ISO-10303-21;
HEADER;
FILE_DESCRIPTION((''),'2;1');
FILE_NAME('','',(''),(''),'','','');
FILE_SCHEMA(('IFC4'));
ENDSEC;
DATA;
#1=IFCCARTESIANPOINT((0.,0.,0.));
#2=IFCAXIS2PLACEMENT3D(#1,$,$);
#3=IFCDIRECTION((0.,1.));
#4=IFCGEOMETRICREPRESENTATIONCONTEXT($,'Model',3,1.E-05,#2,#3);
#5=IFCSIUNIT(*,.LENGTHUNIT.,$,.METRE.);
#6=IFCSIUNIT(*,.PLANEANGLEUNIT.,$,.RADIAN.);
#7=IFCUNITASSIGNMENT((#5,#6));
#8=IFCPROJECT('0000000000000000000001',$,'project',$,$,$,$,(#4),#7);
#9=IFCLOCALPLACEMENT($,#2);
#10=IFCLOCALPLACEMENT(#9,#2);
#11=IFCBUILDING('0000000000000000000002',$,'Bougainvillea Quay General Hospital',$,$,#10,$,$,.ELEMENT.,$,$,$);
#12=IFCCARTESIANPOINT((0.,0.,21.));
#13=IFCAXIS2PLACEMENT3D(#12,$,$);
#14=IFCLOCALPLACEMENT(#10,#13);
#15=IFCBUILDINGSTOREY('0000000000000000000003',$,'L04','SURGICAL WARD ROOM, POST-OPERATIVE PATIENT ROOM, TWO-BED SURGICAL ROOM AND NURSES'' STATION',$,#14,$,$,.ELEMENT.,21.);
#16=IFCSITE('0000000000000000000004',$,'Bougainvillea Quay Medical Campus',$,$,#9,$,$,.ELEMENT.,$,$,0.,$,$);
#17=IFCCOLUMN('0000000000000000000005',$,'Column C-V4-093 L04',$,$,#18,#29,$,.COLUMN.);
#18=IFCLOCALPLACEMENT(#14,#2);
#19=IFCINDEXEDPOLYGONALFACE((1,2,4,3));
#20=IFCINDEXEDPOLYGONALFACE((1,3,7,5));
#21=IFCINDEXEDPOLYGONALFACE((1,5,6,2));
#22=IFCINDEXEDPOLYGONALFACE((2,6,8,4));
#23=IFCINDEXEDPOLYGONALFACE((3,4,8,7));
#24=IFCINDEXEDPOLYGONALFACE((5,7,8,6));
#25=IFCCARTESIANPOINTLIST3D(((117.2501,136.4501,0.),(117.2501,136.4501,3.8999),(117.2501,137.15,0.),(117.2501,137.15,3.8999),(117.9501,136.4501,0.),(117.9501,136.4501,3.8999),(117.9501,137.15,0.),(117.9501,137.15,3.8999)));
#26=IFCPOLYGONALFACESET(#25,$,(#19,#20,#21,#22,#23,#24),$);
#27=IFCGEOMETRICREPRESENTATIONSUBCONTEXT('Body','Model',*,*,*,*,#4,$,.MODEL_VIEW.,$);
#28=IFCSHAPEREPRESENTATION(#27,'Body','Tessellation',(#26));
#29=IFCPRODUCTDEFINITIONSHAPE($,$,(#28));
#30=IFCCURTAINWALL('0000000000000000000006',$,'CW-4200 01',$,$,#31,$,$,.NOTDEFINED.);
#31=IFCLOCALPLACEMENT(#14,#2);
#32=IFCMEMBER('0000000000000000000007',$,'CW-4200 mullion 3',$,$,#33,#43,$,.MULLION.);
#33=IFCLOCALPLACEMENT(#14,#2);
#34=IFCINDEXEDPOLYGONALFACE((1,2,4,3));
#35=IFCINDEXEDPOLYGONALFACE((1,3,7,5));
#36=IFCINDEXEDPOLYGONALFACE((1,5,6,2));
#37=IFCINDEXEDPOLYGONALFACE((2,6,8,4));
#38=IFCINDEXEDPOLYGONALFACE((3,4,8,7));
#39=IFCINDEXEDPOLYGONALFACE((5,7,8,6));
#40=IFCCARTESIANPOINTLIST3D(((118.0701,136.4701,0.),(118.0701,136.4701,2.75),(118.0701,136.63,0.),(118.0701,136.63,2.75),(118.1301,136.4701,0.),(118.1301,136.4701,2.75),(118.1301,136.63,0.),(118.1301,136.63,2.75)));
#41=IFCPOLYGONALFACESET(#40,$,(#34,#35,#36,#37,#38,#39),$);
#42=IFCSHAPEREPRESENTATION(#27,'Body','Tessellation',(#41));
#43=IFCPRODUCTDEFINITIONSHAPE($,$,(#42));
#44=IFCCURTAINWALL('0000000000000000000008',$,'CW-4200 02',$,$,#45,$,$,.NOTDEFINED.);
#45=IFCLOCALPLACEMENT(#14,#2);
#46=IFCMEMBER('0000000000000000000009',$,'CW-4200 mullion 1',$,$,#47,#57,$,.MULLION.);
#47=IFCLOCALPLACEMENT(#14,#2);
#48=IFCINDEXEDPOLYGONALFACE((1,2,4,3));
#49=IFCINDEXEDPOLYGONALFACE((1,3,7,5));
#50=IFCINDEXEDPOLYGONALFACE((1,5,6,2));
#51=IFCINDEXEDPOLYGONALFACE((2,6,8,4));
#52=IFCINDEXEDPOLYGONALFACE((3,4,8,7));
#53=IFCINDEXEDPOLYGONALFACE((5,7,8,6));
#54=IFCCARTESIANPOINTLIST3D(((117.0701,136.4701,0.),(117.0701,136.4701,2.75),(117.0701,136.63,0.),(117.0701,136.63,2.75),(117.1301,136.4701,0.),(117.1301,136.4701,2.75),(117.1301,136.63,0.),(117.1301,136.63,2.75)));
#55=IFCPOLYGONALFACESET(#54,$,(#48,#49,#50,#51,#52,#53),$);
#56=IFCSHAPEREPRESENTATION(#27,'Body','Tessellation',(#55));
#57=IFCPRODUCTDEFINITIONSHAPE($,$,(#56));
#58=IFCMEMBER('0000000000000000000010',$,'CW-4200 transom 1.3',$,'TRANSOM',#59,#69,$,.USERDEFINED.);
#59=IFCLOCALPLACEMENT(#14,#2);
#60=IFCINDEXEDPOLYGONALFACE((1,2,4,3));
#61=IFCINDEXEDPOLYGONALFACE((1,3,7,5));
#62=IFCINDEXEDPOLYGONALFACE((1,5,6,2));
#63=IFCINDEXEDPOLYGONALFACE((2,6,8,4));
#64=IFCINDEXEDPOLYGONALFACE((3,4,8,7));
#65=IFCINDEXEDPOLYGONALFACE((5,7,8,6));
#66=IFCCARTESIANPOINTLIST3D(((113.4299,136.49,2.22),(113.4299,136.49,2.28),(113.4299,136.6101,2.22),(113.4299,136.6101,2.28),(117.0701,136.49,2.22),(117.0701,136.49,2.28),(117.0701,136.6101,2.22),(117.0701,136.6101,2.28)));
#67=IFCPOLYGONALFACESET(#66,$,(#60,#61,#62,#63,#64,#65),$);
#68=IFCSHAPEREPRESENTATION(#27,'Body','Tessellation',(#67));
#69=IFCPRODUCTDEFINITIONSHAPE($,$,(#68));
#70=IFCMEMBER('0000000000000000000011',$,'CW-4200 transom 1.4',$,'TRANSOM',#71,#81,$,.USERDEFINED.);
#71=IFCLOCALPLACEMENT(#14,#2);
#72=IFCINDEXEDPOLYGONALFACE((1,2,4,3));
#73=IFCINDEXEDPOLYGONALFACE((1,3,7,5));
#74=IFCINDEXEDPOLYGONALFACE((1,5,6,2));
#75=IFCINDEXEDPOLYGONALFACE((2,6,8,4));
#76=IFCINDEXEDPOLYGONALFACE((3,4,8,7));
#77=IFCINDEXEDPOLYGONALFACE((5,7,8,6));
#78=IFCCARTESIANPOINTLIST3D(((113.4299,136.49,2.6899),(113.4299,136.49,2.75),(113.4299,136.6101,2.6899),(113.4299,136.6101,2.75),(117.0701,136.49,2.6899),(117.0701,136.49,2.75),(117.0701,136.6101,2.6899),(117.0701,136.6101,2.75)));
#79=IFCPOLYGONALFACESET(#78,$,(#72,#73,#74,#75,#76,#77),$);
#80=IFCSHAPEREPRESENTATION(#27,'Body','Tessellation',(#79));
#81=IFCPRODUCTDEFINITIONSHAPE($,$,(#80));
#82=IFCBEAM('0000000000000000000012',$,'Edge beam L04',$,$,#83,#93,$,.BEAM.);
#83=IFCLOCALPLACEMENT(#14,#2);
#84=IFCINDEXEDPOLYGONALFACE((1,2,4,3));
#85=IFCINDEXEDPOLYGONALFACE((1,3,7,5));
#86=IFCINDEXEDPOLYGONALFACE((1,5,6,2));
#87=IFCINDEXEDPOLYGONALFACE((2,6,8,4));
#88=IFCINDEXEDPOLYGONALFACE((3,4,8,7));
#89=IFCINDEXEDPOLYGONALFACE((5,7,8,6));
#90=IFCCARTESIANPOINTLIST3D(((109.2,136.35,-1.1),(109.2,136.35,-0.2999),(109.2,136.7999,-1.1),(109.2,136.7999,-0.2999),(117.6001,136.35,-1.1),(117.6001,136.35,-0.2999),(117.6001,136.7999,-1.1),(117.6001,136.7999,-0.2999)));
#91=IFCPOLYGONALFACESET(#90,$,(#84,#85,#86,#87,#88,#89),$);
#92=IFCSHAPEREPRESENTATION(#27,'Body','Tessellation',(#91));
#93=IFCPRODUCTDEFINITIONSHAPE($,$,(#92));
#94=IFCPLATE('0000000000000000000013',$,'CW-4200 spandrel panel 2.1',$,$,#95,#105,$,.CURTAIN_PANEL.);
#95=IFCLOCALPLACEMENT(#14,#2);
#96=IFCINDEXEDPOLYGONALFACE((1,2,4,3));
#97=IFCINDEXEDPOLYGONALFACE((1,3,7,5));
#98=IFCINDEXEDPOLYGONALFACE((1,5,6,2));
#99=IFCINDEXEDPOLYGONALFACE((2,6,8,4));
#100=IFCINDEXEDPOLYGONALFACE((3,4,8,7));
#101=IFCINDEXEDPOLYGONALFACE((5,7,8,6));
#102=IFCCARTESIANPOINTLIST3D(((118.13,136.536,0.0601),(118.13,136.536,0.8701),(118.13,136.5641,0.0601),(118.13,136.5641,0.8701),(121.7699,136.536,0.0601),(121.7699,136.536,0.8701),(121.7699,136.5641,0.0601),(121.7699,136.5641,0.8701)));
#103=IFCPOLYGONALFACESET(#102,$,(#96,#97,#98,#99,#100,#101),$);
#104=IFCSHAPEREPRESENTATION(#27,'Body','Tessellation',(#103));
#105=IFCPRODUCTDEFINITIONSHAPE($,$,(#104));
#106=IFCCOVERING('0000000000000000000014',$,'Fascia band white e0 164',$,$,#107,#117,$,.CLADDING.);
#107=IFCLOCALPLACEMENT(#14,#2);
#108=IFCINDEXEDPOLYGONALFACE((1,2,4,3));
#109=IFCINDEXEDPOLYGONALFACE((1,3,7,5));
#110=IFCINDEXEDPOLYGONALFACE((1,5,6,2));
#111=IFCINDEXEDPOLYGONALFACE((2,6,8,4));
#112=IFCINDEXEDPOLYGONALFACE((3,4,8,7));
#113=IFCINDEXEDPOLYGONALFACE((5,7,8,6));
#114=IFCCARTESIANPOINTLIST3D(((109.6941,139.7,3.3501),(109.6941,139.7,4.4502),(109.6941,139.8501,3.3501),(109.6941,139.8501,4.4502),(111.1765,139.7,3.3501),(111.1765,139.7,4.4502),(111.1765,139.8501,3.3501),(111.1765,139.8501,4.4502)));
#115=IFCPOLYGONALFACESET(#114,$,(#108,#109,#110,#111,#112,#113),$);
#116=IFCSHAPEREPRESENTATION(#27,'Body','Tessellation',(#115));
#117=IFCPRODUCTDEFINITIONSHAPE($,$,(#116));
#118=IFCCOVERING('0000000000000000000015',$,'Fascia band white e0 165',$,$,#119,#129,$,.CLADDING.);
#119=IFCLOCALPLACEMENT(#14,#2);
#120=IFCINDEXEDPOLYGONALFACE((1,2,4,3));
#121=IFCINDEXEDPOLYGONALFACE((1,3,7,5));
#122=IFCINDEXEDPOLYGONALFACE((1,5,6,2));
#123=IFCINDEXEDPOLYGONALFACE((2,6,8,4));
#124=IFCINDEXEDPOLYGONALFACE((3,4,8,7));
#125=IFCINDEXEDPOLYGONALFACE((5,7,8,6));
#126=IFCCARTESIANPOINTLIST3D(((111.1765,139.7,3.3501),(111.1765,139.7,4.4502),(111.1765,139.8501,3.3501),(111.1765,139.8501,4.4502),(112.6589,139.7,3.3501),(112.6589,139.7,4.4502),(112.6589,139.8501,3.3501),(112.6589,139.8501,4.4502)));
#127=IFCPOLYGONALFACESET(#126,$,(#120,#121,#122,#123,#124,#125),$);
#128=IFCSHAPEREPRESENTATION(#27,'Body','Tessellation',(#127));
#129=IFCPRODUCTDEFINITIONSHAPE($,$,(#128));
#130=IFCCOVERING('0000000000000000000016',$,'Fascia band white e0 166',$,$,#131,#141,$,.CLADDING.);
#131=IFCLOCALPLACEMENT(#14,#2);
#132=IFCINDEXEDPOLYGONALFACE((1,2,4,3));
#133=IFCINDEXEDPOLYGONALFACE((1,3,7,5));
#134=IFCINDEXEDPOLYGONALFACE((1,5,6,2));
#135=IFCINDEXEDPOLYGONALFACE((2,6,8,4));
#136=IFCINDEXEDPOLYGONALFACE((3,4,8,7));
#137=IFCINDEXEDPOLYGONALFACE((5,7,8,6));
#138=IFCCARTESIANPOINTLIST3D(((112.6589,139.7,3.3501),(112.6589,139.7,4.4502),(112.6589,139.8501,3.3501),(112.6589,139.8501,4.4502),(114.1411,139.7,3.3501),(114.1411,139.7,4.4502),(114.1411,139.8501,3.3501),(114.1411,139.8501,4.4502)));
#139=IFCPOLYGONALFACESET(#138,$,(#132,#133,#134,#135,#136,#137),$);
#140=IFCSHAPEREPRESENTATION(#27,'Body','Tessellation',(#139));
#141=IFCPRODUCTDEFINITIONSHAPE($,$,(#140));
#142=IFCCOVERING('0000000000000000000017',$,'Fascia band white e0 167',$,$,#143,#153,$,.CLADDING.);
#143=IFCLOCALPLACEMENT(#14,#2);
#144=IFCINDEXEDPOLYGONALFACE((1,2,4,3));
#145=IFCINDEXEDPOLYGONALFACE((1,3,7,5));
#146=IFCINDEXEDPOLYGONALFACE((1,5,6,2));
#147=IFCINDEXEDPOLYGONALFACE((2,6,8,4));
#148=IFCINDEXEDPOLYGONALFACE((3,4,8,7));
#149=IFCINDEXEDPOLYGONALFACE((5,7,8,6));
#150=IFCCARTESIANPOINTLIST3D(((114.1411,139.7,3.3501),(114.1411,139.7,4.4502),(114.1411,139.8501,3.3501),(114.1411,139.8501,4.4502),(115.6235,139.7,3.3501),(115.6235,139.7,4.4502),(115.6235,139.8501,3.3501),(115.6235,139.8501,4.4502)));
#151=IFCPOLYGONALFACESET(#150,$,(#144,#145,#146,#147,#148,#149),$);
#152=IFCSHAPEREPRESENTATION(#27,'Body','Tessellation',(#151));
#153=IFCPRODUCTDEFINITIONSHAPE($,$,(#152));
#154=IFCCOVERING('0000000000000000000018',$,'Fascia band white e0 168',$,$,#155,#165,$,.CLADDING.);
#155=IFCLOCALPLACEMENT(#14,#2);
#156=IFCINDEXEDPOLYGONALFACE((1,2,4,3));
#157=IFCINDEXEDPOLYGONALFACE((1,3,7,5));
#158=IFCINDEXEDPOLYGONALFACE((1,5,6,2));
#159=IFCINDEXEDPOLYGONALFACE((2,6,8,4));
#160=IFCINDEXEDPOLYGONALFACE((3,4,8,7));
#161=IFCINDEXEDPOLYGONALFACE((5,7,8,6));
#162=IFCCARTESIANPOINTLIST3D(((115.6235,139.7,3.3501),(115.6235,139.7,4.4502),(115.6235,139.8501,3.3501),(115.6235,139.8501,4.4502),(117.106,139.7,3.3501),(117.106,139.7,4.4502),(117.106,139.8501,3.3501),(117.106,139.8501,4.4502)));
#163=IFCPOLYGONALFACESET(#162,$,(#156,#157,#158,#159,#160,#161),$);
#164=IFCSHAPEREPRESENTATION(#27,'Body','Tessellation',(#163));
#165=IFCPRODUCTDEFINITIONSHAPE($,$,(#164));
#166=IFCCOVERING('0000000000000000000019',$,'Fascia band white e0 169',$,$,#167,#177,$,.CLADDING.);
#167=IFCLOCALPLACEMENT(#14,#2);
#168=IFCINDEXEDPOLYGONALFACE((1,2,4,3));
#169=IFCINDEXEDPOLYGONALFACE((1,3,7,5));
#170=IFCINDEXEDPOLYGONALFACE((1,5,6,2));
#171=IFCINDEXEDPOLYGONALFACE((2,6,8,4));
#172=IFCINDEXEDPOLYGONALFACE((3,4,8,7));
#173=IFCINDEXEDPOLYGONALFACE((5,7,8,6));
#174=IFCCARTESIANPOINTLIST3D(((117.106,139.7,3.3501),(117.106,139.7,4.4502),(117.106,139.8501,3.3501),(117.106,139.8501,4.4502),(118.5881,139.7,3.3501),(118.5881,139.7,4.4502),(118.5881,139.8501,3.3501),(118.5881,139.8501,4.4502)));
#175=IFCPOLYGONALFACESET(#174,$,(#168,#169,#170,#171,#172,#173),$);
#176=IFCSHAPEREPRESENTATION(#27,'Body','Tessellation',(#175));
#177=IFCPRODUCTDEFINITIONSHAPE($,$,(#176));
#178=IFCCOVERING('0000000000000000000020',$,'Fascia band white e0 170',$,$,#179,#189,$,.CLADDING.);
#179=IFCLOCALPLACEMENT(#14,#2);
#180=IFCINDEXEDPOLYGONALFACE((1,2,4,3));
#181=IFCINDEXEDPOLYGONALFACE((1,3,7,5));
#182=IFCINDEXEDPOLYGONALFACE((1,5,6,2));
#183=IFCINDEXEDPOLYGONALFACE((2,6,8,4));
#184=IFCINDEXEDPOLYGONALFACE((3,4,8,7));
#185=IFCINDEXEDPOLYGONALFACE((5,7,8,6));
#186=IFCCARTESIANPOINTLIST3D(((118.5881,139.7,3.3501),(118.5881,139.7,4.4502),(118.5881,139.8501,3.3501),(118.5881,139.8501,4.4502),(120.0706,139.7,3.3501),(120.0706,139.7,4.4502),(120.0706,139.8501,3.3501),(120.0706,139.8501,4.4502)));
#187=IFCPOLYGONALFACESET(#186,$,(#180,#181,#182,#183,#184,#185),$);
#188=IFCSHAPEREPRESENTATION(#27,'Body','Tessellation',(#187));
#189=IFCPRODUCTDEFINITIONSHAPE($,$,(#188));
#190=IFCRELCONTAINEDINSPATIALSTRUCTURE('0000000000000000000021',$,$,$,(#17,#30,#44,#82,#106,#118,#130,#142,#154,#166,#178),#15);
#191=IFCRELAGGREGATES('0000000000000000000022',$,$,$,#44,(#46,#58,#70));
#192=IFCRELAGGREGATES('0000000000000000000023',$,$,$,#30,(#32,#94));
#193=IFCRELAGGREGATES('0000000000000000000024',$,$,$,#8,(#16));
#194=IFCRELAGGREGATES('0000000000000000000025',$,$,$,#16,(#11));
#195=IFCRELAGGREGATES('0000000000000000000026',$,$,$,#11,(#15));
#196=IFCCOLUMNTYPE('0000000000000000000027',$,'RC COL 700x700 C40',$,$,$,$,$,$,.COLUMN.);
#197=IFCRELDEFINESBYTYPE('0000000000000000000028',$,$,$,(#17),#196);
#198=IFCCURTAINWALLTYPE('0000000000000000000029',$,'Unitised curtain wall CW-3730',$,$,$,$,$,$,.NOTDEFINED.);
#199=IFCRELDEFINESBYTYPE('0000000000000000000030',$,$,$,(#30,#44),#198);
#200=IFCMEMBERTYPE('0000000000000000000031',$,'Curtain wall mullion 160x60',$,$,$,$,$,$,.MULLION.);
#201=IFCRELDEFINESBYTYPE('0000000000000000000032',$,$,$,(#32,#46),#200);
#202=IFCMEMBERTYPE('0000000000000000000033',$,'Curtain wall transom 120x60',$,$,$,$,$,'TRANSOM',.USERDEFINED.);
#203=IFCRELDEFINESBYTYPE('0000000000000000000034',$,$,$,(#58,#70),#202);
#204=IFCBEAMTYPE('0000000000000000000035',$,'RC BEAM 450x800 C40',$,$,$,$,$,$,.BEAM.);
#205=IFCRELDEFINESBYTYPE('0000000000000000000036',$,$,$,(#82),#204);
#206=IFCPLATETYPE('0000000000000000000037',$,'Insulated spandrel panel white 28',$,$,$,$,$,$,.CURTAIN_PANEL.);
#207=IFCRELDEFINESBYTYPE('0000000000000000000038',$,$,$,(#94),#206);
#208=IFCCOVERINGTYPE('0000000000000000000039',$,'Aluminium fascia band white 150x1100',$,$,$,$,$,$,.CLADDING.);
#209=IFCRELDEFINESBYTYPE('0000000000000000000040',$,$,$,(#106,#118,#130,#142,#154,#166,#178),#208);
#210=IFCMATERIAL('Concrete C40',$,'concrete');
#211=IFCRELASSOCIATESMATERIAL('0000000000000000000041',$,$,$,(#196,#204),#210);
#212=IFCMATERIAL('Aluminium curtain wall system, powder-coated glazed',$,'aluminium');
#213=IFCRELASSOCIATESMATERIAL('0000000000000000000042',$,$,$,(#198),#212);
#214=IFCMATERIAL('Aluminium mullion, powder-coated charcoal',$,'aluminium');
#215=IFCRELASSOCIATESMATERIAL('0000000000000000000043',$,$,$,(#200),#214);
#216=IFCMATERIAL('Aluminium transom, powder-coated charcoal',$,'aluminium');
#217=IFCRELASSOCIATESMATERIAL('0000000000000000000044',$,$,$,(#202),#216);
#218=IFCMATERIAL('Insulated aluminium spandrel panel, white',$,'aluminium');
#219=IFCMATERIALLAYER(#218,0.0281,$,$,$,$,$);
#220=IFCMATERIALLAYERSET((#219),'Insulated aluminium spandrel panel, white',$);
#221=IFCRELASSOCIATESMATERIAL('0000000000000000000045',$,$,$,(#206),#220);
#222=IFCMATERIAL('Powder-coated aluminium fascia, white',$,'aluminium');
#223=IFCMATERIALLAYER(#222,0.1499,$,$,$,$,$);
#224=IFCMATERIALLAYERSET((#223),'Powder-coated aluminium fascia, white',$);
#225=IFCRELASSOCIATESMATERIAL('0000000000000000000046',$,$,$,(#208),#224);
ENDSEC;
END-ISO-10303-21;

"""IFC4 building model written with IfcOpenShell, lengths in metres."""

from ifc_helpers import new_model, si_unit, direction, frame, origin, origin_2d, place, context, subcontext, project, spatial, polyline, rectangle, outline, extrude, material, layer, layer_set, material_profile, profile_set, type_object, element, aggregate, save


model = new_model("IFC4")

# Units and contexts
model_context = context("Model", 3, precision=1e-05, world=origin(), true_north=direction((0.0, 1.0)))
body_context = subcontext(model_context, "Body", "Model", "MODEL_VIEW")
ifc_project = project(units=[si_unit("LENGTHUNIT", "METRE"), si_unit("PLANEANGLEUNIT", "RADIAN")], contexts=[model_context])

# Site, building, storey
site_placement = place(None, origin())
site = spatial("IfcSite", under=ifc_project, at=site_placement, Name="Bougainvillea Quay Medical Campus", CompositionType="ELEMENT", RefElevation=0.0)
building_placement = place(site_placement, origin())
building = spatial("IfcBuilding", under=site, at=building_placement, Name="Bougainvillea Quay General Hospital", CompositionType="ELEMENT")
storey_placement = place(building_placement, frame((0.0, 0.0, 21.0)))
storey = spatial("IfcBuildingStorey", under=building, at=storey_placement, Name="L04", Description="SURGICAL WARD ROOM, POST-OPERATIVE PATIENT ROOM, TWO-BED SURGICAL ROOM AND NURSES' STATION", CompositionType="ELEMENT", Elevation=21.0)

# Column
ifc_material_1 = material(Name="Concrete C40", Category="concrete")
ifc_material_profile_1 = material_profile(ifc_material_1, rectangle(XDim=0.7, YDim=0.7, at=origin_2d()))
ifc_profile_set_1 = profile_set([ifc_material_profile_1], Name="Concrete C40")
column_type = type_object("IfcColumnType", Name="RC COL 700x700 C40", PredefinedType="COLUMN", material=ifc_profile_set_1)
column_placement = place(storey_placement, frame((117.6001, 136.8, 0.0), z_axis=(0.0, 0.0, 1.0), x_axis=(1.0, 0.0, 0.0)))
element("IfcColumn", 1, at=column_placement, inside=storey, type_object=column_type, Name="Column C-V4-093 L04", PredefinedType="COLUMN", context=body_context, shape_type="SweptSolid", body=[
    extrude(rectangle(XDim=0.7, YDim=0.7, at=origin_2d()), origin(), (0.0, 0.0, 1.0), 3.8999),
])

# Curtain wall, member
ifc_material_2 = material(Name="Aluminium curtain wall system, powder-coated glazed", Category="aluminium")
curtain_wall_type = type_object("IfcCurtainWallType", Name="Unitised curtain wall CW-3730", PredefinedType="NOTDEFINED", material=ifc_material_2)
curtain_wall_1_placement = place(storey_placement, origin())
curtain_wall_1 = element("IfcCurtainWall", 2, at=curtain_wall_1_placement, inside=storey, type_object=curtain_wall_type, Name="CW-4200 01", PredefinedType="NOTDEFINED")
ifc_material_3 = material(Name="Aluminium mullion, powder-coated charcoal", Category="aluminium")
ifc_material_profile_2 = material_profile(ifc_material_3, rectangle(XDim=0.1599, YDim=0.0601, at=origin_2d()))
ifc_profile_set_2 = profile_set([ifc_material_profile_2], Name="Aluminium mullion, powder-coated charcoal")
member_type_1 = type_object("IfcMemberType", Name="Curtain wall mullion 160x60", PredefinedType="MULLION", material=ifc_profile_set_2)
member_1_placement = place(storey_placement, frame((118.1001, 136.55, 0.0), z_axis=(0.0, 0.0, 1.0), x_axis=(0.0, -1.0, 0.0)))
member_1 = element("IfcMember", 3, at=member_1_placement, type_object=member_type_1, Name="CW-4200 mullion 3", PredefinedType="MULLION", context=body_context, shape_type="SweptSolid", body=[
    extrude(rectangle(XDim=0.1599, YDim=0.0601, at=origin_2d()), origin(), (0.0, 0.0, 1.0), 2.75),
])

# Curtain wall, members
curtain_wall_2_placement = place(storey_placement, origin())
curtain_wall_2 = element("IfcCurtainWall", 4, at=curtain_wall_2_placement, inside=storey, type_object=curtain_wall_type, Name="CW-4200 02", PredefinedType="NOTDEFINED")
member_2_placement = place(storey_placement, frame((117.1001, 136.55, 0.0), z_axis=(0.0, 0.0, 1.0), x_axis=(0.0, -1.0, 0.0)))
member_2 = element("IfcMember", 5, at=member_2_placement, type_object=member_type_1, Name="CW-4200 mullion 1", PredefinedType="MULLION", context=body_context, shape_type="SweptSolid", body=[
    extrude(rectangle(XDim=0.1599, YDim=0.0601, at=origin_2d()), origin(), (0.0, 0.0, 1.0), 2.75),
])
ifc_material_4 = material(Name="Aluminium transom, powder-coated charcoal", Category="aluminium")
ifc_material_profile_3 = material_profile(ifc_material_4, rectangle(XDim=0.1201, YDim=0.0601, at=origin_2d()))
ifc_profile_set_3 = profile_set([ifc_material_profile_3], Name="Aluminium transom, powder-coated charcoal")
member_type_2 = type_object("IfcMemberType", Name="Curtain wall transom 120x60", ElementType="TRANSOM", PredefinedType="USERDEFINED", material=ifc_profile_set_3)
member_3_placement = place(storey_placement, frame((117.0701, 136.55, 2.25), z_axis=(-1.0, 0.0, 0.0), x_axis=(0.0, -1.0, 0.0)))
member_3 = element("IfcMember", 6, at=member_3_placement, type_object=member_type_2, Name="CW-4200 transom 1.3", ObjectType="TRANSOM", PredefinedType="USERDEFINED", context=body_context, shape_type="SweptSolid", body=[
    extrude(rectangle(XDim=0.1201, YDim=0.0601, at=origin_2d()), origin(), (0.0, 0.0, 1.0), 3.6401),
])
member_4_placement = place(storey_placement, frame((117.0701, 136.55, 2.72), z_axis=(-1.0, 0.0, 0.0), x_axis=(0.0, -1.0, 0.0)))
member_4 = element("IfcMember", 7, at=member_4_placement, type_object=member_type_2, Name="CW-4200 transom 1.4", ObjectType="TRANSOM", PredefinedType="USERDEFINED", context=body_context, shape_type="SweptSolid", body=[
    extrude(rectangle(XDim=0.1201, YDim=0.0601, at=origin_2d()), origin(), (0.0, 0.0, 1.0), 3.6401),
])
aggregate(curtain_wall_2, [member_2, member_3, member_4])

# Beam
ifc_material_profile_4 = material_profile(ifc_material_1, rectangle(XDim=0.45, YDim=0.8, at=origin_2d()))
ifc_profile_set_4 = profile_set([ifc_material_profile_4], Name="Concrete C40")
beam_type = type_object("IfcBeamType", Name="RC BEAM 450x800 C40", PredefinedType="BEAM", material=ifc_profile_set_4)
beam_placement = place(storey_placement, frame((117.6001, 136.575, -0.7), z_axis=(-1.0, 0.0, 0.0), x_axis=(0.0, -1.0, 0.0)))
element("IfcBeam", 8, at=beam_placement, inside=storey, type_object=beam_type, Name="Edge beam L04", PredefinedType="BEAM", context=body_context, shape_type="SweptSolid", body=[
    extrude(rectangle(XDim=0.45, YDim=0.8, at=origin_2d()), origin(), (0.0, 0.0, 1.0), 8.4001),
])

# Plate
ifc_material_5 = material(Name="Insulated aluminium spandrel panel, white", Category="aluminium")
ifc_layer_1 = layer(ifc_material_5, 0.0281)
ifc_layer_set_1 = layer_set([ifc_layer_1], Name="Insulated aluminium spandrel panel, white")
plate_type = type_object("IfcPlateType", Name="Insulated spandrel panel white 28", PredefinedType="CURTAIN_PANEL", material=ifc_layer_set_1)
plate_placement = place(storey_placement, frame((119.95, 136.55, 0.0601), z_axis=(0.0, 0.0, 1.0), x_axis=(-1.0, 0.0, 0.0)))
plate = element("IfcPlate", 9, at=plate_placement, type_object=plate_type, Name="CW-4200 spandrel panel 2.1", PredefinedType="CURTAIN_PANEL", context=body_context, shape_type="SweptSolid", body=[
    extrude(rectangle(XDim=3.6399, YDim=0.0281, at=origin_2d()), origin(), (0.0, 0.0, 1.0), 0.8101),
])
aggregate(curtain_wall_1, [member_1, plate])

# Coverings
ifc_material_6 = material(Name="Powder-coated aluminium fascia, white", Category="aluminium")
ifc_layer_2 = layer(ifc_material_6, 0.1499)
ifc_layer_set_2 = layer_set([ifc_layer_2], Name="Powder-coated aluminium fascia, white")
covering_type = type_object("IfcCoveringType", Name="Aluminium fascia band white 150x1100", PredefinedType="CLADDING", material=ifc_layer_set_2)
for number, where, z_axis, x_axis, name in (
    (10, (109.6941, 139.8501, 3.3501), (0.0, 0.0, 1.0), (1.0, 0.0, 0.0), "Fascia band white e0 164"),
    (11, (111.1765, 139.8501, 3.3501), (0.0, 0.0, 1.0), (1.0, 0.0, 0.0), "Fascia band white e0 165"),
):
    element("IfcCovering", number, at=place(storey_placement, frame(where, z_axis=z_axis, x_axis=x_axis)), inside=storey, type_object=covering_type, Name=name, PredefinedType="CLADDING", context=body_context, shape_type="SweptSolid", body=[
        extrude(outline(polyline([(0.0, 0.0), (1.4824, 0.0), (1.4824, -0.1501), (0.0, -0.1501), (0.0, 0.0)])), origin(), (0.0, 0.0, 1.0), 1.1001),
    ])
covering_1_placement = place(storey_placement, frame((112.6589, 139.8501, 3.3501), z_axis=(0.0, 0.0, 1.0), x_axis=(1.0, 0.0, 0.0)))
element("IfcCovering", 12, at=covering_1_placement, inside=storey, type_object=covering_type, Name="Fascia band white e0 166", PredefinedType="CLADDING", context=body_context, shape_type="SweptSolid", body=[
    extrude(outline(polyline([(0.0, 0.0), (1.4822, 0.0), (1.4822, -0.1501), (0.0, -0.1501), (0.0, 0.0)])), origin(), (0.0, 0.0, 1.0), 1.1001),
])
for number, where, z_axis, x_axis, name in (
    (13, (114.1411, 139.8501, 3.3501), (0.0, 0.0, 1.0), (1.0, 0.0, 0.0), "Fascia band white e0 167"),
    (14, (115.6235, 139.8501, 3.3501), (0.0, 0.0, 1.0), (1.0, 0.0, 0.0), "Fascia band white e0 168"),
):
    element("IfcCovering", number, at=place(storey_placement, frame(where, z_axis=z_axis, x_axis=x_axis)), inside=storey, type_object=covering_type, Name=name, PredefinedType="CLADDING", context=body_context, shape_type="SweptSolid", body=[
        extrude(outline(polyline([(0.0, 0.0), (1.4824, 0.0), (1.4824, -0.1501), (0.0, -0.1501), (0.0, 0.0)])), origin(), (0.0, 0.0, 1.0), 1.1001),
    ])
covering_2_placement = place(storey_placement, frame((117.106, 139.8501, 3.3501), z_axis=(0.0, 0.0, 1.0), x_axis=(1.0, 0.0, 0.0)))
element("IfcCovering", 15, at=covering_2_placement, inside=storey, type_object=covering_type, Name="Fascia band white e0 169", PredefinedType="CLADDING", context=body_context, shape_type="SweptSolid", body=[
    extrude(outline(polyline([(0.0, 0.0), (1.4822, 0.0), (1.4822, -0.1501), (0.0, -0.1501), (0.0, 0.0)])), origin(), (0.0, 0.0, 1.0), 1.1001),
])
covering_3_placement = place(storey_placement, frame((118.5881, 139.8501, 3.3501), z_axis=(0.0, 0.0, 1.0), x_axis=(1.0, 0.0, 0.0)))
element("IfcCovering", 16, at=covering_3_placement, inside=storey, type_object=covering_type, Name="Fascia band white e0 170", PredefinedType="CLADDING", context=body_context, shape_type="SweptSolid", body=[
    extrude(outline(polyline([(0.0, 0.0), (1.4824, 0.0), (1.4824, -0.1501), (0.0, -0.1501), (0.0, 0.0)])), origin(), (0.0, 0.0, 1.0), 1.1001),
])

save(model, "model.ifc")
